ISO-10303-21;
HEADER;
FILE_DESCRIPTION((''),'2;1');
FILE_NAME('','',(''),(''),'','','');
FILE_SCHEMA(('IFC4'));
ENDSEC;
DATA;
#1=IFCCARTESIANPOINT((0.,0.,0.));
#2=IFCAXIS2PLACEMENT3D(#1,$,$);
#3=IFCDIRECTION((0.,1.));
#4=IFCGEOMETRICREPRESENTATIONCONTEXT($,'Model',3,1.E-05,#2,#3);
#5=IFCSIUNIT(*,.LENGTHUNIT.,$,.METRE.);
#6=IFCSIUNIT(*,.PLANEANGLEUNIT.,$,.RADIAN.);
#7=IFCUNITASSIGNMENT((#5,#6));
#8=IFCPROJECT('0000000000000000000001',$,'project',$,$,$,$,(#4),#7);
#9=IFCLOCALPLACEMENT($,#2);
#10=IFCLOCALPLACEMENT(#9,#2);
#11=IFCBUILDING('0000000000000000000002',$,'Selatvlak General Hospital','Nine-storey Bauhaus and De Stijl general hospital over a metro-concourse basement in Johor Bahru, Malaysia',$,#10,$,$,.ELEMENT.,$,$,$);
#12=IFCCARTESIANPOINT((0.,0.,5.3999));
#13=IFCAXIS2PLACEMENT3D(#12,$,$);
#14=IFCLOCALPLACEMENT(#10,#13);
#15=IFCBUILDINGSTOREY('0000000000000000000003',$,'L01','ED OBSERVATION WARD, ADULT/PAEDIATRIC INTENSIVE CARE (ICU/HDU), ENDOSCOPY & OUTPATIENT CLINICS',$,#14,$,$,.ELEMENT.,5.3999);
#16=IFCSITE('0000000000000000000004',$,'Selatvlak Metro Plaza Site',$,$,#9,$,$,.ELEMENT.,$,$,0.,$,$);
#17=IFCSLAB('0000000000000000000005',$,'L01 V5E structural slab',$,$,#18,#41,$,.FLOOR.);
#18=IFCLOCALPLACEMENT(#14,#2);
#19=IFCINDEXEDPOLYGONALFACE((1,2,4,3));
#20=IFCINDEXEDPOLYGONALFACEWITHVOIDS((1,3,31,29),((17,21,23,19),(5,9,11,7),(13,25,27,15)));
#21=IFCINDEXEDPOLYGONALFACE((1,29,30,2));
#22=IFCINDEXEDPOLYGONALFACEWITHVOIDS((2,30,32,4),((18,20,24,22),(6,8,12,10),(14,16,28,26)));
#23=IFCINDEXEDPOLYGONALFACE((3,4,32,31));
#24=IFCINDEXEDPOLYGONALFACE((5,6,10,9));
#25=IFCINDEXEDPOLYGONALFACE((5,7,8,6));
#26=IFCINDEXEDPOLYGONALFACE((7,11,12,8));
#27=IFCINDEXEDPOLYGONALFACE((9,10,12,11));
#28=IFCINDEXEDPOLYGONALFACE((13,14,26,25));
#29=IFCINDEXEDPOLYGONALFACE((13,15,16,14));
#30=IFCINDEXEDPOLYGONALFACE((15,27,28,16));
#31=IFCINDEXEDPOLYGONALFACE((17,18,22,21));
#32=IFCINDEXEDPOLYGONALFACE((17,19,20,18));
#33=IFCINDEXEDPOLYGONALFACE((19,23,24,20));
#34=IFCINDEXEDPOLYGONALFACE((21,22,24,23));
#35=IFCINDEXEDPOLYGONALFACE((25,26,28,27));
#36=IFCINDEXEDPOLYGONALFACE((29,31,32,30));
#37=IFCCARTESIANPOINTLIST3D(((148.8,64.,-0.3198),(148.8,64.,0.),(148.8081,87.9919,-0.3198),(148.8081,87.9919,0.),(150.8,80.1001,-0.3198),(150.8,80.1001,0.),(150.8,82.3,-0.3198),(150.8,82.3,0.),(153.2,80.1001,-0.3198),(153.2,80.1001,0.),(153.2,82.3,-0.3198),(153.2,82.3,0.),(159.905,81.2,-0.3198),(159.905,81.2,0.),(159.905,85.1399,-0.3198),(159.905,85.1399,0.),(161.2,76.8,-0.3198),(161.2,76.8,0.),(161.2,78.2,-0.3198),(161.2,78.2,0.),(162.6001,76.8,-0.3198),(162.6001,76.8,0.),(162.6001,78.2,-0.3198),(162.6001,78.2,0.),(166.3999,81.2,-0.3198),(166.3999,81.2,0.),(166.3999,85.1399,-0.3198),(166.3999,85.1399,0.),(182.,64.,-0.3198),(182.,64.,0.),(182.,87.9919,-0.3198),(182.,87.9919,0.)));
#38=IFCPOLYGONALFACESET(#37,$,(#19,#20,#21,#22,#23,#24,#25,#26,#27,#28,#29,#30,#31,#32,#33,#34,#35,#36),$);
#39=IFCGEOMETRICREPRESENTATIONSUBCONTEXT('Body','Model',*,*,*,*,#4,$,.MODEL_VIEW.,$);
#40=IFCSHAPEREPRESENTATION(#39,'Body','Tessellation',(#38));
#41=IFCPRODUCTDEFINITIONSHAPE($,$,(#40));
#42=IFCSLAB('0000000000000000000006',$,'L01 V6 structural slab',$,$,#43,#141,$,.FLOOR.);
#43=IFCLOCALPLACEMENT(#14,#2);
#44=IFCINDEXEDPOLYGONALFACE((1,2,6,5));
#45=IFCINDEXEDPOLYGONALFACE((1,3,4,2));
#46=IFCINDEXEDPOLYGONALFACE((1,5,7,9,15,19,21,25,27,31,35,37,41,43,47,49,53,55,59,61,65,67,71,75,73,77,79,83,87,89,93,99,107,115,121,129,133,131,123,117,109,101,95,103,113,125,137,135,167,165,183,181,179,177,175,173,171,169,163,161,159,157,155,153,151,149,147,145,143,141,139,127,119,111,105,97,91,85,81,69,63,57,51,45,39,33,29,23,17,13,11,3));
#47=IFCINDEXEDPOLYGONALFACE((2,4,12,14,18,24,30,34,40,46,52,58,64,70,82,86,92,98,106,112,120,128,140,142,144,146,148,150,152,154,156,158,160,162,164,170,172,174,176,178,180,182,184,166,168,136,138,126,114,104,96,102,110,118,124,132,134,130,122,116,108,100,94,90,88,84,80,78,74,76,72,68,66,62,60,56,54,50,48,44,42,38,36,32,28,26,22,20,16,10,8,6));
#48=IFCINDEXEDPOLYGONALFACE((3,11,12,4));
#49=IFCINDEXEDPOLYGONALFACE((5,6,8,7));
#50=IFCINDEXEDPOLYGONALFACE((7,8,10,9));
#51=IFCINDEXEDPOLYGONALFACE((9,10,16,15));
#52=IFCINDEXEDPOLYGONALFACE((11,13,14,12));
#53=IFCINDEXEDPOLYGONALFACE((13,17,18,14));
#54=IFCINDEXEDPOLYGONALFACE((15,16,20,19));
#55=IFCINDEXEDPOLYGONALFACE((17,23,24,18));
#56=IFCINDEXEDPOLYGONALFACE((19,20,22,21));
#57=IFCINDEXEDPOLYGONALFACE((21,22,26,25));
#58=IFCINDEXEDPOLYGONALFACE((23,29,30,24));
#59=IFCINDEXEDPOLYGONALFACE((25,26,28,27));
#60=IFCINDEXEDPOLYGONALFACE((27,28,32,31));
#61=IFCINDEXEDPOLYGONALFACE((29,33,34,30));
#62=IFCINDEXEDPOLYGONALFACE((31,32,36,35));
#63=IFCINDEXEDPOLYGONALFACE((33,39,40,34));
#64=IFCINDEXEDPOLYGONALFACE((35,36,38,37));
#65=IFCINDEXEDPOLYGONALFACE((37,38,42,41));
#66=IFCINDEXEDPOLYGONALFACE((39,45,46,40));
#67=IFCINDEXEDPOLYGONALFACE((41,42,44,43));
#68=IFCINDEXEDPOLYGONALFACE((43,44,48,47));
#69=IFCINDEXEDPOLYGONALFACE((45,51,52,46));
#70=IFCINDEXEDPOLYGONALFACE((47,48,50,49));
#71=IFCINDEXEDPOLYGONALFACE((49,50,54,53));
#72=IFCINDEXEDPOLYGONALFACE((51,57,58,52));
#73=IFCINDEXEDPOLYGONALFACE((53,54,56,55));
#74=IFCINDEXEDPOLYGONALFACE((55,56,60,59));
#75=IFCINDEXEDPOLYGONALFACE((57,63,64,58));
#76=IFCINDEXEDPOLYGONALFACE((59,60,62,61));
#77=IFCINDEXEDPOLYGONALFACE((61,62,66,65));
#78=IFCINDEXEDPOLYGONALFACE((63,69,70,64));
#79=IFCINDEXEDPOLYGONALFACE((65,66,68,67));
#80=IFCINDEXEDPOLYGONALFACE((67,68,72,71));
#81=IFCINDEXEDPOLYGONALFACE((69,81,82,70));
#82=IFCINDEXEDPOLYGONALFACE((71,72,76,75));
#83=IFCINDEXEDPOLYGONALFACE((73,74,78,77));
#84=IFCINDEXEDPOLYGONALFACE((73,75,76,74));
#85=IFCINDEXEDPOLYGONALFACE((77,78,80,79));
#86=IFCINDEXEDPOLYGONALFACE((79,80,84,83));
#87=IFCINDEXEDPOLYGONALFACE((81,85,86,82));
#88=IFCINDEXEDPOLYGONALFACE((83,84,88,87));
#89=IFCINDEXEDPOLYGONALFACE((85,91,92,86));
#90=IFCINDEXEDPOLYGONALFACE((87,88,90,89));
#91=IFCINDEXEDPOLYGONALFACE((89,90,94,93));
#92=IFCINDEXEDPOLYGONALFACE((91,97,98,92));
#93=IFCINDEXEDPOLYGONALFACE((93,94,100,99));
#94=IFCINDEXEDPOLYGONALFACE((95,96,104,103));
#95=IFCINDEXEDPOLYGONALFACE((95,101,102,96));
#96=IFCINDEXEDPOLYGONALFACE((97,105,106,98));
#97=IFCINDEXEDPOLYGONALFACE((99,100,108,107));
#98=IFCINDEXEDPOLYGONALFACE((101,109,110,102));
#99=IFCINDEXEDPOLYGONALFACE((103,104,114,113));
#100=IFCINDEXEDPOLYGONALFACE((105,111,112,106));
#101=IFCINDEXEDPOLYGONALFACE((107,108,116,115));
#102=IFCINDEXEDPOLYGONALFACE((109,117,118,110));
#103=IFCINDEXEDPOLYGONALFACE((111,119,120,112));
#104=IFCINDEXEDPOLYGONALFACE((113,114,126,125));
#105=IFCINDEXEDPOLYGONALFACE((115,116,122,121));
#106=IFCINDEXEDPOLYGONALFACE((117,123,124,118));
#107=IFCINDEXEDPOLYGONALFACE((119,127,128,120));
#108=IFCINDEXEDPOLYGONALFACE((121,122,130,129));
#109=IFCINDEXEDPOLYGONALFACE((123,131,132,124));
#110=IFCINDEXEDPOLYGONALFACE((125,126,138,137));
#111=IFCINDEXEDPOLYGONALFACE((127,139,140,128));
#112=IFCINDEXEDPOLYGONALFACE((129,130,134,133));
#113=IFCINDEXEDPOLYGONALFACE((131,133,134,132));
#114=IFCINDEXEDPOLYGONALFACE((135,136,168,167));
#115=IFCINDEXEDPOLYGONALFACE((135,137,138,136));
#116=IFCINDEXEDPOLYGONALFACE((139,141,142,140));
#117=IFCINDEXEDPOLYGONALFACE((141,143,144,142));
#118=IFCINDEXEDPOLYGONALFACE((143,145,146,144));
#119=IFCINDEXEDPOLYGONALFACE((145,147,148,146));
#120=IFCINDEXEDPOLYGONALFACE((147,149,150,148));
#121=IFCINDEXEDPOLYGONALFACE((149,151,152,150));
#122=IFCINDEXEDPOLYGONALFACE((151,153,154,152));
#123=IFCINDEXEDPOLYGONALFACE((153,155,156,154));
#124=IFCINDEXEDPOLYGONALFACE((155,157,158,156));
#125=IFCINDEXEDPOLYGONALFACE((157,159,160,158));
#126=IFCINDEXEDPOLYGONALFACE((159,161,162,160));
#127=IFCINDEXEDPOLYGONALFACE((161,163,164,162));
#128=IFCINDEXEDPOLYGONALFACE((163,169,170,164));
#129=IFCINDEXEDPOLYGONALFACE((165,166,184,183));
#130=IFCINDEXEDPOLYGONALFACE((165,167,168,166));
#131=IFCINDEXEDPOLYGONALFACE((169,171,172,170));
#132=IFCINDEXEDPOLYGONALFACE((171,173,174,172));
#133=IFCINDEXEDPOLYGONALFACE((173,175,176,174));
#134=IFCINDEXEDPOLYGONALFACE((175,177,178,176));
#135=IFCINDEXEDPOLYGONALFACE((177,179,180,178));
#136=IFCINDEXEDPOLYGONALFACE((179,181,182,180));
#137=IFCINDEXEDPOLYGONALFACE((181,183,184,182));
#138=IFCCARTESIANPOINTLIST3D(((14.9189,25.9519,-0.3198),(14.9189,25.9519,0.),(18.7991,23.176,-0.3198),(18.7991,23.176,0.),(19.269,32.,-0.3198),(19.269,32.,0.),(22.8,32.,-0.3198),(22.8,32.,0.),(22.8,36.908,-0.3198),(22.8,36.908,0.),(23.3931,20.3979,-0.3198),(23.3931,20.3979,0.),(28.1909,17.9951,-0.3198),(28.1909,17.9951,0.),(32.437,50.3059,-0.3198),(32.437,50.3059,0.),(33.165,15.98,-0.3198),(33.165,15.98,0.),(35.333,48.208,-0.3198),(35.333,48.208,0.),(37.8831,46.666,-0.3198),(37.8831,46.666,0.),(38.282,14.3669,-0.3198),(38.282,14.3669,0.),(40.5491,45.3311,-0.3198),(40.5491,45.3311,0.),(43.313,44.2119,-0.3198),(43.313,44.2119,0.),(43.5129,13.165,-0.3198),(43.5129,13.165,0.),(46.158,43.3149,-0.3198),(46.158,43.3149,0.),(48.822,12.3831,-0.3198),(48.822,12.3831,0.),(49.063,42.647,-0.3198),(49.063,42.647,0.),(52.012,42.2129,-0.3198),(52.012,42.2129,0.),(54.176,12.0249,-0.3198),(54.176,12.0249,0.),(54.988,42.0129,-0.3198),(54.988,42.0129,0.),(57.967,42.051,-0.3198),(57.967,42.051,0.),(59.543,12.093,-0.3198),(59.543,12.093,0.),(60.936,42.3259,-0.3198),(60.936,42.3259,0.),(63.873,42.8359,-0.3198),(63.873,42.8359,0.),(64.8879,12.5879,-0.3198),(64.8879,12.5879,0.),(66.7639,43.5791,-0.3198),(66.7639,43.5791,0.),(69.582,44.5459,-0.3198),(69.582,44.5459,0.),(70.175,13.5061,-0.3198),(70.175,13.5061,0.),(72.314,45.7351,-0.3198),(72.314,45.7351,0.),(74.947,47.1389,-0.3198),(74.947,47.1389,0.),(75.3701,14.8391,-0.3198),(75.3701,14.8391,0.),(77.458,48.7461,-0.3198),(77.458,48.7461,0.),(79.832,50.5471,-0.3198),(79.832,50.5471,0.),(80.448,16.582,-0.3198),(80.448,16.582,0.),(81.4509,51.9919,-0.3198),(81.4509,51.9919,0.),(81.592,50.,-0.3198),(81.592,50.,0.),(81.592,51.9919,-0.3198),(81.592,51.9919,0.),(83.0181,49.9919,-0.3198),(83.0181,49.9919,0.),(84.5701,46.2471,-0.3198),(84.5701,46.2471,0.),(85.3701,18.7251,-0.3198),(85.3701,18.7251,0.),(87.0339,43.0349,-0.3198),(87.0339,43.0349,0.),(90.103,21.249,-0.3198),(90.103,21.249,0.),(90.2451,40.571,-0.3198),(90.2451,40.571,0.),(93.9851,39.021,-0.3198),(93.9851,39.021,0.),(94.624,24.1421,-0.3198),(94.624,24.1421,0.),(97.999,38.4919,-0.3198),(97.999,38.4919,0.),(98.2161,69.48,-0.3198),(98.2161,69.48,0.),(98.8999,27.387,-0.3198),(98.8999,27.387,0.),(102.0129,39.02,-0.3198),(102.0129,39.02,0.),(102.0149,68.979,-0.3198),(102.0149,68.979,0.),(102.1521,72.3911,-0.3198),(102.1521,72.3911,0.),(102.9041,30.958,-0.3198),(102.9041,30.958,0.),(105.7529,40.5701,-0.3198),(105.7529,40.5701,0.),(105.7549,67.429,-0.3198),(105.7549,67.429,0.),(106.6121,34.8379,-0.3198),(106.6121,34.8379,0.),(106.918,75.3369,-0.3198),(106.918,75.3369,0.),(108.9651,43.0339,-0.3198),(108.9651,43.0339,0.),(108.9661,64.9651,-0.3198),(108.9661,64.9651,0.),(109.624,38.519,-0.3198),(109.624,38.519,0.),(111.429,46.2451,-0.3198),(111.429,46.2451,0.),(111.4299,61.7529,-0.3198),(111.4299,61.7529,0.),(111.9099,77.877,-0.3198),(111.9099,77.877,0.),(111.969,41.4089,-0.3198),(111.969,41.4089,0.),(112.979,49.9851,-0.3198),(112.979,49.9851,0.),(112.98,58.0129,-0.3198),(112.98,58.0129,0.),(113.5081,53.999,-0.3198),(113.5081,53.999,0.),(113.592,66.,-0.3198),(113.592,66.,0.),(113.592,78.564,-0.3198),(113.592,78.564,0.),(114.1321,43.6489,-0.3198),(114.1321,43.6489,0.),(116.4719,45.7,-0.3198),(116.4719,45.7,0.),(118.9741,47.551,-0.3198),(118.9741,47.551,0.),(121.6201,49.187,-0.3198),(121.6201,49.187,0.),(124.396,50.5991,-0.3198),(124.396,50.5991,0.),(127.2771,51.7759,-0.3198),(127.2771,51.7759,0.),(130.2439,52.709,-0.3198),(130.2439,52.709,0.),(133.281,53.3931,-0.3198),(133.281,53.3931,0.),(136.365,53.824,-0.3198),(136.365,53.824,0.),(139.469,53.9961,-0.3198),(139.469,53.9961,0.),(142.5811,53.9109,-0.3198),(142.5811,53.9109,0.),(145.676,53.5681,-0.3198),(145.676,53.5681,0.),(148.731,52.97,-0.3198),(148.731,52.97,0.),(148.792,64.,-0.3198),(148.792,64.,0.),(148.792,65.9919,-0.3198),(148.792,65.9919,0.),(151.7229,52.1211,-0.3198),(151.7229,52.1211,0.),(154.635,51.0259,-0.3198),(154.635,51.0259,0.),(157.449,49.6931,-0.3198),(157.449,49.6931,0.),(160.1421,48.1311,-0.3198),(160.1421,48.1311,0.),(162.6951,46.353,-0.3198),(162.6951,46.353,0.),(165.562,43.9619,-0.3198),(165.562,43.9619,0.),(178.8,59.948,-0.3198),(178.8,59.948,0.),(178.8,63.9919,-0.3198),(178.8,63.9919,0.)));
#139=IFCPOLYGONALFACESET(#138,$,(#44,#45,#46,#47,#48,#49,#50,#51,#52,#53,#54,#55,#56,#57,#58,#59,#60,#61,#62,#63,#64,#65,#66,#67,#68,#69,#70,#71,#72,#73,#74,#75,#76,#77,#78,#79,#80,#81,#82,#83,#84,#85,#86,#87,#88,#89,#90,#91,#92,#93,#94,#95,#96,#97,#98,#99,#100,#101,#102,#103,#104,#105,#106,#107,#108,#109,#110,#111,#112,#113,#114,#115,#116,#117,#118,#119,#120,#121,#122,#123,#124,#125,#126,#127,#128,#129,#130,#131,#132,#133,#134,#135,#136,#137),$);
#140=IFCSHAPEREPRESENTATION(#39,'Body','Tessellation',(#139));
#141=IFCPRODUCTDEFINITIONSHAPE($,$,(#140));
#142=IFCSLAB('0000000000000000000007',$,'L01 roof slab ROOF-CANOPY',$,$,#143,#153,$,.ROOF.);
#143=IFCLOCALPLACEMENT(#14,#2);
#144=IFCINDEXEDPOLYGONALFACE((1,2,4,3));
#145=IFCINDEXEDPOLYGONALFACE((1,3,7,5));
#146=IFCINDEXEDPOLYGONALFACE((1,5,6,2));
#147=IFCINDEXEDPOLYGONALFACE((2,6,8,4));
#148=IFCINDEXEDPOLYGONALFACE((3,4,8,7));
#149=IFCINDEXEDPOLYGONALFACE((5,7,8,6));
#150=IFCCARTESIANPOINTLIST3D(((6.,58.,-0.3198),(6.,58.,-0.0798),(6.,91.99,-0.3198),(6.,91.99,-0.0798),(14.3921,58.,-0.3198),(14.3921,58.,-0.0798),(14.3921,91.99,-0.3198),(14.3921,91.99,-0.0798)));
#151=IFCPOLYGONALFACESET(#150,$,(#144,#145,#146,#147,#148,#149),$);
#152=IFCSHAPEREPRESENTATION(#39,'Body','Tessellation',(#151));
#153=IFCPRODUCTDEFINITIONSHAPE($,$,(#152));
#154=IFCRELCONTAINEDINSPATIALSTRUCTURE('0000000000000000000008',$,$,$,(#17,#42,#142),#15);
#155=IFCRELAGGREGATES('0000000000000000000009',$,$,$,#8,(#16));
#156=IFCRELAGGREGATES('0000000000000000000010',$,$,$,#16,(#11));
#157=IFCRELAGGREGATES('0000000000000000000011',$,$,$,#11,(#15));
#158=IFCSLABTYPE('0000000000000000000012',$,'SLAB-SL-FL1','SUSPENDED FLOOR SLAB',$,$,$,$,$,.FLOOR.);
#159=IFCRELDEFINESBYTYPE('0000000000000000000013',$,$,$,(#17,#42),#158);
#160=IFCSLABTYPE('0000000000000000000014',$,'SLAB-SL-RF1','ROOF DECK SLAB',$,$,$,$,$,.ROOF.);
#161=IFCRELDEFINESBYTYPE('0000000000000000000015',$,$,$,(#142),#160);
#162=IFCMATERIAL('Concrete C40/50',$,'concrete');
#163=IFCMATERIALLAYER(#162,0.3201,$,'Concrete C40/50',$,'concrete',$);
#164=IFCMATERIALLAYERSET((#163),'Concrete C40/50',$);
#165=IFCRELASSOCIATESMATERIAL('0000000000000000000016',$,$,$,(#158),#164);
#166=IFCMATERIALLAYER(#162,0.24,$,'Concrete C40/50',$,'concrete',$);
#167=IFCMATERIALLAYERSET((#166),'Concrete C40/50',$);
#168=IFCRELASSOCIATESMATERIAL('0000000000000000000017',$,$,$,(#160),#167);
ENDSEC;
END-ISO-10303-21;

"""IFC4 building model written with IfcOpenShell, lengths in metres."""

from ifc_helpers import new_model, si_unit, direction, frame, origin, place, context, subcontext, project, spatial, polyline, outline, extrude, material, layer, layer_set, type_object, element, save


model = new_model("IFC4")

# Units and contexts
model_context = context("Model", 3, precision=1e-05, world=origin(), true_north=direction((0.0, 1.0)))
body_context = subcontext(model_context, "Body", "Model", "MODEL_VIEW")
ifc_project = project(units=[si_unit("LENGTHUNIT", "METRE"), si_unit("PLANEANGLEUNIT", "RADIAN")], contexts=[model_context])

# Site, building, storey
site_placement = place(None, origin())
site = spatial("IfcSite", under=ifc_project, at=site_placement, Name="Selatvlak Metro Plaza Site", CompositionType="ELEMENT", RefElevation=0.0)
building_placement = place(site_placement, origin())
building = spatial("IfcBuilding", under=site, at=building_placement, Name="Selatvlak General Hospital", Description="Nine-storey Bauhaus and De Stijl general hospital over a metro-concourse basement in Johor Bahru, Malaysia", CompositionType="ELEMENT")
storey_placement = place(building_placement, frame((0.0, 0.0, 5.3999)))
storey = spatial("IfcBuildingStorey", under=building, at=storey_placement, Name="L01", Description="ED OBSERVATION WARD, ADULT/PAEDIATRIC INTENSIVE CARE (ICU/HDU), ENDOSCOPY & OUTPATIENT CLINICS", CompositionType="ELEMENT", Elevation=5.3999)

# Shared definitions
ifc_material_1 = material(Name="Concrete C40/50", Category="concrete")

# Slabs
ifc_layer_1 = layer(ifc_material_1, 0.3201, Name="Concrete C40/50", Category="concrete")
ifc_layer_set_1 = layer_set([ifc_layer_1], Name="Concrete C40/50")
slab_type_1 = type_object("IfcSlabType", Name="SLAB-SL-FL1", Description="SUSPENDED FLOOR SLAB", PredefinedType="FLOOR", material=ifc_layer_set_1)
slab_1_placement = place(storey_placement, frame((0.0, 0.0, -0.3198)))
element("IfcSlab", 1, at=slab_1_placement, inside=storey, type_object=slab_type_1, Name="L01 V5E structural slab", PredefinedType="FLOOR", context=body_context, shape_type="SweptSolid", body=[
    extrude(outline(polyline([(148.8081, 87.9919), (182.0, 87.9919), (182.0, 64.0), (148.8, 64.0), (148.8081, 87.9919)]), holes=[polyline([(159.905, 85.1399), (159.905, 81.2), (166.3999, 81.2), (166.3999, 85.1399), (159.905, 85.1399)]), polyline([(150.8, 82.3), (150.8, 80.1001), (153.2, 80.1001), (153.2, 82.3), (150.8, 82.3)]), polyline([(162.6001, 78.2), (161.2, 78.2), (161.2, 76.8), (162.6001, 76.8), (162.6001, 78.2)])]), origin(), (0.0, 0.0, 1.0), 0.3198),
])
slab_2_placement = place(storey_placement, frame((0.0, 0.0, -0.3198)))
element("IfcSlab", 2, at=slab_2_placement, inside=storey, type_object=slab_type_1, Name="L01 V6 structural slab", PredefinedType="FLOOR", context=body_context, shape_type="SweptSolid", body=[
    extrude(outline(polyline([(40.5491, 45.3311), (43.313, 44.2119), (46.158, 43.3149), (49.063, 42.647), (52.012, 42.2129), (54.988, 42.0129), (57.967, 42.051), (60.936, 42.3259), (63.873, 42.8359), (66.7639, 43.5791), (69.582, 44.5459), (72.314, 45.7351), (74.947, 47.1389), (77.458, 48.7461), (79.832, 50.5471), (81.4509, 51.9919), (81.592, 51.9919), (81.592, 50.0), (83.0181, 49.9919), (84.5701, 46.2471), (87.0339, 43.0349), (90.2451, 40.571), (93.9851, 39.021), (97.999, 38.4919), (102.0129, 39.02), (105.7529, 40.5701), (108.9651, 43.0339), (111.429, 46.2451), (112.979, 49.9851), (113.5081, 53.999), (112.98, 58.0129), (111.4299, 61.7529), (108.9661, 64.9651), (105.7549, 67.429), (102.0149, 68.979), (98.2161, 69.48), (102.1521, 72.3911), (106.918, 75.3369), (111.9099, 77.877), (113.592, 78.564), (113.592, 66.0), (148.792, 65.9919), (148.792, 64.0), (178.8, 63.9919), (178.8, 59.948), (165.562, 43.9619), (162.6951, 46.353), (160.1421, 48.1311), (157.449, 49.6931), (154.635, 51.0259), (151.7229, 52.1211), (148.731, 52.97), (145.676, 53.5681), (142.5811, 53.9109), (139.469, 53.9961), (136.365, 53.824), (133.281, 53.3931), (130.2439, 52.709), (127.2771, 51.7759), (124.396, 50.5991), (121.6201, 49.187), (118.9741, 47.551), (116.4719, 45.7), (114.1321, 43.6489), (111.969, 41.4089), (109.624, 38.519), (106.6121, 34.8379), (102.9041, 30.958), (98.8999, 27.387), (94.624, 24.1421), (90.103, 21.249), (85.3701, 18.7251), (80.448, 16.582), (75.3701, 14.8391), (70.175, 13.5061), (64.8879, 12.5879), (59.543, 12.093), (54.176, 12.0249), (48.822, 12.3831), (43.5129, 13.165), (38.282, 14.3669), (33.165, 15.98), (28.1909, 17.9951), (23.3931, 20.3979), (18.7991, 23.176), (14.9189, 25.9519), (19.269, 32.0), (22.8, 32.0), (22.8, 36.908), (32.437, 50.3059), (35.333, 48.208), (37.8831, 46.666), (40.5491, 45.3311)])), origin(), (0.0, 0.0, 1.0), 0.3198),
])
ifc_layer_2 = layer(ifc_material_1, 0.24, Name="Concrete C40/50", Category="concrete")
ifc_layer_set_2 = layer_set([ifc_layer_2], Name="Concrete C40/50")
slab_type_2 = type_object("IfcSlabType", Name="SLAB-SL-RF1", Description="ROOF DECK SLAB", PredefinedType="ROOF", material=ifc_layer_set_2)
slab_3_placement = place(storey_placement, frame((0.0, 0.0, -0.3198)))
element("IfcSlab", 3, at=slab_3_placement, inside=storey, type_object=slab_type_2, Name="L01 roof slab ROOF-CANOPY", PredefinedType="ROOF", context=body_context, shape_type="SweptSolid", body=[
    extrude(outline(polyline([(6.0, 91.99), (14.3921, 91.99), (14.3921, 58.0), (6.0, 58.0), (6.0, 91.99)])), origin(), (0.0, 0.0, 1.0), 0.24),
])

save(model, "model.ifc")
